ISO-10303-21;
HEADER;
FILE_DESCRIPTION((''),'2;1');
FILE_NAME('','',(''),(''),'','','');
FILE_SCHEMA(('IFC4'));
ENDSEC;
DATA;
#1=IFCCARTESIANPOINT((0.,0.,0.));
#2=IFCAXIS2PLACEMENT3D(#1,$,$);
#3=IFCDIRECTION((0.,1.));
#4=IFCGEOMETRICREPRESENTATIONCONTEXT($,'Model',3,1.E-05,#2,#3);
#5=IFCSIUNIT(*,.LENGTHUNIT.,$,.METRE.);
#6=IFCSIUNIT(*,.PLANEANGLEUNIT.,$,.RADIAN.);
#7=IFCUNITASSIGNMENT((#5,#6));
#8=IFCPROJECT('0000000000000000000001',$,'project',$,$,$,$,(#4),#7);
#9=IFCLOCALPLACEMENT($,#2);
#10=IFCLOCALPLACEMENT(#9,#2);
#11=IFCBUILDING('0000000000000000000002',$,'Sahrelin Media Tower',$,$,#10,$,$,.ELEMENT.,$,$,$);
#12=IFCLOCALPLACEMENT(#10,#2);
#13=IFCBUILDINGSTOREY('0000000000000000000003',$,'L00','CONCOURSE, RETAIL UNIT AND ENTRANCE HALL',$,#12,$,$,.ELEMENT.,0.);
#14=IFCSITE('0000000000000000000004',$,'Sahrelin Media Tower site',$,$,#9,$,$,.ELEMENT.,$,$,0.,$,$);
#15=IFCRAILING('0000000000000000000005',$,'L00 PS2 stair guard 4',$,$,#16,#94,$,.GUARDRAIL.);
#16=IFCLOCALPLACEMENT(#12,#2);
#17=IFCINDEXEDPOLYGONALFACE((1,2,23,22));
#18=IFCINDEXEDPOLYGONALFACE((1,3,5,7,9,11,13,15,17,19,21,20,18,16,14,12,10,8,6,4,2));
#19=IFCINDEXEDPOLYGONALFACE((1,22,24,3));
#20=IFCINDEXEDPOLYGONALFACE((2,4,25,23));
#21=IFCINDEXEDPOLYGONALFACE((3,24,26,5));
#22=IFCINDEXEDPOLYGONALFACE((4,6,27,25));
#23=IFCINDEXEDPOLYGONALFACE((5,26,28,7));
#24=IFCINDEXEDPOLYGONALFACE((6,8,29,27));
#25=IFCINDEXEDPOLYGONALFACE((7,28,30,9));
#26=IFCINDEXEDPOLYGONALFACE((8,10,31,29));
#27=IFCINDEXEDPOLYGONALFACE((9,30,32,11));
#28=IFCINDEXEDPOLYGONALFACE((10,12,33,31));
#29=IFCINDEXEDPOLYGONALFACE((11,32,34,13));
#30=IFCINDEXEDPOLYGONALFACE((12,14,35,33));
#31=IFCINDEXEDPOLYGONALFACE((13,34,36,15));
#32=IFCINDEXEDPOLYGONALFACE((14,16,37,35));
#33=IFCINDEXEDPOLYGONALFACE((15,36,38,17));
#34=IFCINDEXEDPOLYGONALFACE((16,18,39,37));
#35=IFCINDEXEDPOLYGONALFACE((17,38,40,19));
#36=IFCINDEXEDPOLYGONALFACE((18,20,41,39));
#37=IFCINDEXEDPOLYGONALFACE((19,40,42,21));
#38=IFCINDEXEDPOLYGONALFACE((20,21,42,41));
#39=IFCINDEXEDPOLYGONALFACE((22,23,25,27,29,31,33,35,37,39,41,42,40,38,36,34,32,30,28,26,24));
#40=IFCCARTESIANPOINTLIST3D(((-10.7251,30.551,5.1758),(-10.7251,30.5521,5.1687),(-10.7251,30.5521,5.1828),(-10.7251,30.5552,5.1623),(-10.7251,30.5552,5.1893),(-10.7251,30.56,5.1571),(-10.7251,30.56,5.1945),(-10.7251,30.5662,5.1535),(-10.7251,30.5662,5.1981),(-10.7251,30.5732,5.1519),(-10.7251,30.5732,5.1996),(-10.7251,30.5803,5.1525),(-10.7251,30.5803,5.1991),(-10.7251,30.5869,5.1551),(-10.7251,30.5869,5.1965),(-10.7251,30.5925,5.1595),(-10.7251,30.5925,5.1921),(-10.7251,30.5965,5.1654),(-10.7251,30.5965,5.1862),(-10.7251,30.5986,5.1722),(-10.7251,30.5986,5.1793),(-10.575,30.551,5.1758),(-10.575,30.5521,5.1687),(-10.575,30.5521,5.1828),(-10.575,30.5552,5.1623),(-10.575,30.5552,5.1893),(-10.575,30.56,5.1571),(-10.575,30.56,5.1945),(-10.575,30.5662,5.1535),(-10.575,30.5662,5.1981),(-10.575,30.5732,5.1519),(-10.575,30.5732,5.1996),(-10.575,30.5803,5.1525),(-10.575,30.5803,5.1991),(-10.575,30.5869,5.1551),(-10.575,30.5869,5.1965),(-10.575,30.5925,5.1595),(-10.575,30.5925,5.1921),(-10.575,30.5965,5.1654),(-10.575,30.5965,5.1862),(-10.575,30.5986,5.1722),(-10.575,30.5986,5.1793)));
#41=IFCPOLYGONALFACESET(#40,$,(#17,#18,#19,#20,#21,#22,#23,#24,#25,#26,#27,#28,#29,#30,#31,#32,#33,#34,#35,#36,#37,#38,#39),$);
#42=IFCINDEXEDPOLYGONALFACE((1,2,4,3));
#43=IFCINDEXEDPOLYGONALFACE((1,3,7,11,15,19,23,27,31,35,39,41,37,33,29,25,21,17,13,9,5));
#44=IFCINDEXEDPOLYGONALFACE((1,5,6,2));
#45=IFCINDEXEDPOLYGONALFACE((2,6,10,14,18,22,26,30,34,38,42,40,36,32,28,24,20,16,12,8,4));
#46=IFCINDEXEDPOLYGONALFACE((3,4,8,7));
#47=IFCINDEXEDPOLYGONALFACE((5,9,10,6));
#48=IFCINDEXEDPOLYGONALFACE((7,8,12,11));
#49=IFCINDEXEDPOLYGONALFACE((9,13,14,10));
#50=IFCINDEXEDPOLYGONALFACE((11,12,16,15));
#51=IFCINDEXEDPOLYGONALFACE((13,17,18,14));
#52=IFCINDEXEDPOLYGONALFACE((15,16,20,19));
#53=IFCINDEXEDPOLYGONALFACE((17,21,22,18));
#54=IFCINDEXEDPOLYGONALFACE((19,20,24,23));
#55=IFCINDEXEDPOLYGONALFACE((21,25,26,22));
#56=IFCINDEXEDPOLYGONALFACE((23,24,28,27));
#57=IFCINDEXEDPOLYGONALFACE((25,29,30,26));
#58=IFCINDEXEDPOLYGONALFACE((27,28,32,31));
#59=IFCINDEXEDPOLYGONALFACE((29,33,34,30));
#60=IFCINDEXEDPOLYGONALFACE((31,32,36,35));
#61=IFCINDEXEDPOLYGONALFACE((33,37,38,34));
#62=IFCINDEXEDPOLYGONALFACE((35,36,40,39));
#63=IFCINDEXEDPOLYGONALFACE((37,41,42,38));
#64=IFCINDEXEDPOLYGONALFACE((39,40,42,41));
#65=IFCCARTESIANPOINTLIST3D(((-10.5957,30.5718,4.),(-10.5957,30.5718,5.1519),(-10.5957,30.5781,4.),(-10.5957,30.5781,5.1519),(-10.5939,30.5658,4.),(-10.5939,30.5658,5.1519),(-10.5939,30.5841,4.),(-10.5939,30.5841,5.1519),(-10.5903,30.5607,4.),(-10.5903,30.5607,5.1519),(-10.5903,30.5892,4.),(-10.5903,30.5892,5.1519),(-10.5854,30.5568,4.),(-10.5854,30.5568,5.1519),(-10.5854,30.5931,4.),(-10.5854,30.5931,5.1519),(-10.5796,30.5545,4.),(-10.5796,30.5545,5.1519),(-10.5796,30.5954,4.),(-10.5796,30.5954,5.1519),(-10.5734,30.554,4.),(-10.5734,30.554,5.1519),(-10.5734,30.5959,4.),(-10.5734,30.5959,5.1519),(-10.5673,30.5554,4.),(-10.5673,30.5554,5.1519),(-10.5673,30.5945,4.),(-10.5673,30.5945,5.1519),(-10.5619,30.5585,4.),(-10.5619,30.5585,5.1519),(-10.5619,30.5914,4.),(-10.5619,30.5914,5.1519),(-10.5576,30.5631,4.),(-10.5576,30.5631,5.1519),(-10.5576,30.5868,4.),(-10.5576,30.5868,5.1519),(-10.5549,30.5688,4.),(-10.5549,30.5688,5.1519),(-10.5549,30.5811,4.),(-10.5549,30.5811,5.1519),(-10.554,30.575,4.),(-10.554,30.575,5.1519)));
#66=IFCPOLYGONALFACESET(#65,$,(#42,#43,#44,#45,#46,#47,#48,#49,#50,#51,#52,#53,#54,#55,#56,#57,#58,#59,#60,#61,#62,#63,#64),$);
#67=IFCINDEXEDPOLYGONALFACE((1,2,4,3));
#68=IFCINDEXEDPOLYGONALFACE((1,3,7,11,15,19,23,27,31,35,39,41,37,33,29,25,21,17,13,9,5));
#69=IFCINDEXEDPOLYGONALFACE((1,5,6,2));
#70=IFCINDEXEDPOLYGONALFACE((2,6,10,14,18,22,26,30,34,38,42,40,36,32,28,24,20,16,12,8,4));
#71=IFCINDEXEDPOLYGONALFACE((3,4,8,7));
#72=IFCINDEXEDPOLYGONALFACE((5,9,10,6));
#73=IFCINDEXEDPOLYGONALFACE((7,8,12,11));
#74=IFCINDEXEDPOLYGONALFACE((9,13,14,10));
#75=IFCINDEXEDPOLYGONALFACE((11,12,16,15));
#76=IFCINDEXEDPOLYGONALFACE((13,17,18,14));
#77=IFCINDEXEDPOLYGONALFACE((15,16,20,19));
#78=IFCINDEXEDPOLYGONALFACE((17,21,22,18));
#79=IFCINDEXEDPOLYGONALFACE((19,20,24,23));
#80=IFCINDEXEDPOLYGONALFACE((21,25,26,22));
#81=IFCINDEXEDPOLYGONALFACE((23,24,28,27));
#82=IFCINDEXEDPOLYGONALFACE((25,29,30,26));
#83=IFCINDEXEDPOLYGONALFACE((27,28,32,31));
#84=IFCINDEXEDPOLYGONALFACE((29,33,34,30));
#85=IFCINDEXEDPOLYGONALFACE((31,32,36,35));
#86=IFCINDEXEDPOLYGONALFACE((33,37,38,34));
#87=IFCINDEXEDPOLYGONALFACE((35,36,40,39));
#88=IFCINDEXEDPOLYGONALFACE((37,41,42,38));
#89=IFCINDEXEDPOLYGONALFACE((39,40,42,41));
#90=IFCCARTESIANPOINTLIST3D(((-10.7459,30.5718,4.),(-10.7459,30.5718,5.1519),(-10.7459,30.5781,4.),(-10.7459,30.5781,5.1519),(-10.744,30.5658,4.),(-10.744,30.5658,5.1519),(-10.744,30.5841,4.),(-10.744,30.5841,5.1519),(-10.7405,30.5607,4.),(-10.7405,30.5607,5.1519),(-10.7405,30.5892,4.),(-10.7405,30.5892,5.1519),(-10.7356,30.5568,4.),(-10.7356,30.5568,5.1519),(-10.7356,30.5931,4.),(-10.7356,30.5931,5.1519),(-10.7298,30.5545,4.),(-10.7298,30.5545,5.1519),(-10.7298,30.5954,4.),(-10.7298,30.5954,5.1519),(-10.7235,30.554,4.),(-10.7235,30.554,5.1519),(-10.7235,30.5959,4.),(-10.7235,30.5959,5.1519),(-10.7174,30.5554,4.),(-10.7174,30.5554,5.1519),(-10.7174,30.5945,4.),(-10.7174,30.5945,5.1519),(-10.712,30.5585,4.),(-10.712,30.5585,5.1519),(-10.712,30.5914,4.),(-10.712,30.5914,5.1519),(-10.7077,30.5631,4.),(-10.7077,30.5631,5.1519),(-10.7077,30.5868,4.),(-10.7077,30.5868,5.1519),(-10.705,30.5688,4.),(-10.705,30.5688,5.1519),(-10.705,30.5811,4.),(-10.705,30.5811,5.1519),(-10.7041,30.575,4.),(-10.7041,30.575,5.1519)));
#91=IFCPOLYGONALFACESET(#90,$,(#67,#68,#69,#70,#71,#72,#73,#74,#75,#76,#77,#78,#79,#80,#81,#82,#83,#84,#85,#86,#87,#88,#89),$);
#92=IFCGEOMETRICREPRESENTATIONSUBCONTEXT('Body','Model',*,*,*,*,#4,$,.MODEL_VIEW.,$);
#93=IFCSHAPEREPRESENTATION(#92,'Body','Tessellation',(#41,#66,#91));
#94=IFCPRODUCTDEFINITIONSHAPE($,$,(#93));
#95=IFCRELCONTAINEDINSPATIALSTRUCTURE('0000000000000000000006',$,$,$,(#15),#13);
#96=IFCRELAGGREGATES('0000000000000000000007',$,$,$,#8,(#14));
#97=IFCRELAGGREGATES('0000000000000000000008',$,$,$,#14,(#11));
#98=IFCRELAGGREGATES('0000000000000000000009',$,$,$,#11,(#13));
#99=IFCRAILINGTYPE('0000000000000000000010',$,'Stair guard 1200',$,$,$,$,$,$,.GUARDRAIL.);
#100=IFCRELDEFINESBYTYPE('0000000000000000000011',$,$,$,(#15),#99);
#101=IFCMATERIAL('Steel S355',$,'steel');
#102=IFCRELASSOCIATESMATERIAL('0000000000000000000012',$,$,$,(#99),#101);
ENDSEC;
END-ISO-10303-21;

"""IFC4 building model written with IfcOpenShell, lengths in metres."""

from ifc_helpers import new_model, si_unit, direction, frame, origin, origin_2d, place, context, subcontext, project, spatial, circle, extrude, material, type_object, element, save


model = new_model("IFC4")

# Units and contexts
model_context = context("Model", 3, precision=1e-05, world=origin(), true_north=direction((0.0, 1.0)))
body_context = subcontext(model_context, "Body", "Model", "MODEL_VIEW")
ifc_project = project(units=[si_unit("LENGTHUNIT", "METRE"), si_unit("PLANEANGLEUNIT", "RADIAN")], contexts=[model_context])

# Site, building, storey
site_placement = place(None, origin())
site = spatial("IfcSite", under=ifc_project, at=site_placement, Name="Sahrelin Media Tower site", CompositionType="ELEMENT", RefElevation=0.0)
building_placement = place(site_placement, origin())
building = spatial("IfcBuilding", under=site, at=building_placement, Name="Sahrelin Media Tower", CompositionType="ELEMENT")
storey_placement = place(building_placement, origin())
storey = spatial("IfcBuildingStorey", under=building, at=storey_placement, Name="L00", Description="CONCOURSE, RETAIL UNIT AND ENTRANCE HALL", CompositionType="ELEMENT", Elevation=0.0)

# Shared definitions
ifc_material_1 = material(Name="Steel S355", Category="steel")

# Railing
railing_type_1 = type_object("IfcRailingType", Name="Stair guard 1200", PredefinedType="GUARDRAIL", material=ifc_material_1)
railing_1_placement = place(storey_placement, frame((-10.575, 30.575, 4.0)))
element("IfcRailing", 1, at=railing_1_placement, inside=storey, type_object=railing_type_1, Name="L00 PS2 stair guard 4", PredefinedType="GUARDRAIL", context=body_context, shape_type="SweptSolid", body=[
    extrude(circle(Radius=0.0239, at=origin_2d()), frame((0.0, 0.0, 1.1758), z_axis=(-1.0, 0.0, 0.0), x_axis=(0.0, -1.0, 0.0)), (0.0, 0.0, 1.0), 0.1501),
    extrude(circle(Radius=0.021, at=origin_2d()), origin(), (0.0, 0.0, 1.0), 1.1519),
    extrude(circle(Radius=0.021, at=origin_2d()), frame((-0.1501, 0.0, 0.0)), (0.0, 0.0, 1.0), 1.1519),
])

save(model, "model.ifc")
